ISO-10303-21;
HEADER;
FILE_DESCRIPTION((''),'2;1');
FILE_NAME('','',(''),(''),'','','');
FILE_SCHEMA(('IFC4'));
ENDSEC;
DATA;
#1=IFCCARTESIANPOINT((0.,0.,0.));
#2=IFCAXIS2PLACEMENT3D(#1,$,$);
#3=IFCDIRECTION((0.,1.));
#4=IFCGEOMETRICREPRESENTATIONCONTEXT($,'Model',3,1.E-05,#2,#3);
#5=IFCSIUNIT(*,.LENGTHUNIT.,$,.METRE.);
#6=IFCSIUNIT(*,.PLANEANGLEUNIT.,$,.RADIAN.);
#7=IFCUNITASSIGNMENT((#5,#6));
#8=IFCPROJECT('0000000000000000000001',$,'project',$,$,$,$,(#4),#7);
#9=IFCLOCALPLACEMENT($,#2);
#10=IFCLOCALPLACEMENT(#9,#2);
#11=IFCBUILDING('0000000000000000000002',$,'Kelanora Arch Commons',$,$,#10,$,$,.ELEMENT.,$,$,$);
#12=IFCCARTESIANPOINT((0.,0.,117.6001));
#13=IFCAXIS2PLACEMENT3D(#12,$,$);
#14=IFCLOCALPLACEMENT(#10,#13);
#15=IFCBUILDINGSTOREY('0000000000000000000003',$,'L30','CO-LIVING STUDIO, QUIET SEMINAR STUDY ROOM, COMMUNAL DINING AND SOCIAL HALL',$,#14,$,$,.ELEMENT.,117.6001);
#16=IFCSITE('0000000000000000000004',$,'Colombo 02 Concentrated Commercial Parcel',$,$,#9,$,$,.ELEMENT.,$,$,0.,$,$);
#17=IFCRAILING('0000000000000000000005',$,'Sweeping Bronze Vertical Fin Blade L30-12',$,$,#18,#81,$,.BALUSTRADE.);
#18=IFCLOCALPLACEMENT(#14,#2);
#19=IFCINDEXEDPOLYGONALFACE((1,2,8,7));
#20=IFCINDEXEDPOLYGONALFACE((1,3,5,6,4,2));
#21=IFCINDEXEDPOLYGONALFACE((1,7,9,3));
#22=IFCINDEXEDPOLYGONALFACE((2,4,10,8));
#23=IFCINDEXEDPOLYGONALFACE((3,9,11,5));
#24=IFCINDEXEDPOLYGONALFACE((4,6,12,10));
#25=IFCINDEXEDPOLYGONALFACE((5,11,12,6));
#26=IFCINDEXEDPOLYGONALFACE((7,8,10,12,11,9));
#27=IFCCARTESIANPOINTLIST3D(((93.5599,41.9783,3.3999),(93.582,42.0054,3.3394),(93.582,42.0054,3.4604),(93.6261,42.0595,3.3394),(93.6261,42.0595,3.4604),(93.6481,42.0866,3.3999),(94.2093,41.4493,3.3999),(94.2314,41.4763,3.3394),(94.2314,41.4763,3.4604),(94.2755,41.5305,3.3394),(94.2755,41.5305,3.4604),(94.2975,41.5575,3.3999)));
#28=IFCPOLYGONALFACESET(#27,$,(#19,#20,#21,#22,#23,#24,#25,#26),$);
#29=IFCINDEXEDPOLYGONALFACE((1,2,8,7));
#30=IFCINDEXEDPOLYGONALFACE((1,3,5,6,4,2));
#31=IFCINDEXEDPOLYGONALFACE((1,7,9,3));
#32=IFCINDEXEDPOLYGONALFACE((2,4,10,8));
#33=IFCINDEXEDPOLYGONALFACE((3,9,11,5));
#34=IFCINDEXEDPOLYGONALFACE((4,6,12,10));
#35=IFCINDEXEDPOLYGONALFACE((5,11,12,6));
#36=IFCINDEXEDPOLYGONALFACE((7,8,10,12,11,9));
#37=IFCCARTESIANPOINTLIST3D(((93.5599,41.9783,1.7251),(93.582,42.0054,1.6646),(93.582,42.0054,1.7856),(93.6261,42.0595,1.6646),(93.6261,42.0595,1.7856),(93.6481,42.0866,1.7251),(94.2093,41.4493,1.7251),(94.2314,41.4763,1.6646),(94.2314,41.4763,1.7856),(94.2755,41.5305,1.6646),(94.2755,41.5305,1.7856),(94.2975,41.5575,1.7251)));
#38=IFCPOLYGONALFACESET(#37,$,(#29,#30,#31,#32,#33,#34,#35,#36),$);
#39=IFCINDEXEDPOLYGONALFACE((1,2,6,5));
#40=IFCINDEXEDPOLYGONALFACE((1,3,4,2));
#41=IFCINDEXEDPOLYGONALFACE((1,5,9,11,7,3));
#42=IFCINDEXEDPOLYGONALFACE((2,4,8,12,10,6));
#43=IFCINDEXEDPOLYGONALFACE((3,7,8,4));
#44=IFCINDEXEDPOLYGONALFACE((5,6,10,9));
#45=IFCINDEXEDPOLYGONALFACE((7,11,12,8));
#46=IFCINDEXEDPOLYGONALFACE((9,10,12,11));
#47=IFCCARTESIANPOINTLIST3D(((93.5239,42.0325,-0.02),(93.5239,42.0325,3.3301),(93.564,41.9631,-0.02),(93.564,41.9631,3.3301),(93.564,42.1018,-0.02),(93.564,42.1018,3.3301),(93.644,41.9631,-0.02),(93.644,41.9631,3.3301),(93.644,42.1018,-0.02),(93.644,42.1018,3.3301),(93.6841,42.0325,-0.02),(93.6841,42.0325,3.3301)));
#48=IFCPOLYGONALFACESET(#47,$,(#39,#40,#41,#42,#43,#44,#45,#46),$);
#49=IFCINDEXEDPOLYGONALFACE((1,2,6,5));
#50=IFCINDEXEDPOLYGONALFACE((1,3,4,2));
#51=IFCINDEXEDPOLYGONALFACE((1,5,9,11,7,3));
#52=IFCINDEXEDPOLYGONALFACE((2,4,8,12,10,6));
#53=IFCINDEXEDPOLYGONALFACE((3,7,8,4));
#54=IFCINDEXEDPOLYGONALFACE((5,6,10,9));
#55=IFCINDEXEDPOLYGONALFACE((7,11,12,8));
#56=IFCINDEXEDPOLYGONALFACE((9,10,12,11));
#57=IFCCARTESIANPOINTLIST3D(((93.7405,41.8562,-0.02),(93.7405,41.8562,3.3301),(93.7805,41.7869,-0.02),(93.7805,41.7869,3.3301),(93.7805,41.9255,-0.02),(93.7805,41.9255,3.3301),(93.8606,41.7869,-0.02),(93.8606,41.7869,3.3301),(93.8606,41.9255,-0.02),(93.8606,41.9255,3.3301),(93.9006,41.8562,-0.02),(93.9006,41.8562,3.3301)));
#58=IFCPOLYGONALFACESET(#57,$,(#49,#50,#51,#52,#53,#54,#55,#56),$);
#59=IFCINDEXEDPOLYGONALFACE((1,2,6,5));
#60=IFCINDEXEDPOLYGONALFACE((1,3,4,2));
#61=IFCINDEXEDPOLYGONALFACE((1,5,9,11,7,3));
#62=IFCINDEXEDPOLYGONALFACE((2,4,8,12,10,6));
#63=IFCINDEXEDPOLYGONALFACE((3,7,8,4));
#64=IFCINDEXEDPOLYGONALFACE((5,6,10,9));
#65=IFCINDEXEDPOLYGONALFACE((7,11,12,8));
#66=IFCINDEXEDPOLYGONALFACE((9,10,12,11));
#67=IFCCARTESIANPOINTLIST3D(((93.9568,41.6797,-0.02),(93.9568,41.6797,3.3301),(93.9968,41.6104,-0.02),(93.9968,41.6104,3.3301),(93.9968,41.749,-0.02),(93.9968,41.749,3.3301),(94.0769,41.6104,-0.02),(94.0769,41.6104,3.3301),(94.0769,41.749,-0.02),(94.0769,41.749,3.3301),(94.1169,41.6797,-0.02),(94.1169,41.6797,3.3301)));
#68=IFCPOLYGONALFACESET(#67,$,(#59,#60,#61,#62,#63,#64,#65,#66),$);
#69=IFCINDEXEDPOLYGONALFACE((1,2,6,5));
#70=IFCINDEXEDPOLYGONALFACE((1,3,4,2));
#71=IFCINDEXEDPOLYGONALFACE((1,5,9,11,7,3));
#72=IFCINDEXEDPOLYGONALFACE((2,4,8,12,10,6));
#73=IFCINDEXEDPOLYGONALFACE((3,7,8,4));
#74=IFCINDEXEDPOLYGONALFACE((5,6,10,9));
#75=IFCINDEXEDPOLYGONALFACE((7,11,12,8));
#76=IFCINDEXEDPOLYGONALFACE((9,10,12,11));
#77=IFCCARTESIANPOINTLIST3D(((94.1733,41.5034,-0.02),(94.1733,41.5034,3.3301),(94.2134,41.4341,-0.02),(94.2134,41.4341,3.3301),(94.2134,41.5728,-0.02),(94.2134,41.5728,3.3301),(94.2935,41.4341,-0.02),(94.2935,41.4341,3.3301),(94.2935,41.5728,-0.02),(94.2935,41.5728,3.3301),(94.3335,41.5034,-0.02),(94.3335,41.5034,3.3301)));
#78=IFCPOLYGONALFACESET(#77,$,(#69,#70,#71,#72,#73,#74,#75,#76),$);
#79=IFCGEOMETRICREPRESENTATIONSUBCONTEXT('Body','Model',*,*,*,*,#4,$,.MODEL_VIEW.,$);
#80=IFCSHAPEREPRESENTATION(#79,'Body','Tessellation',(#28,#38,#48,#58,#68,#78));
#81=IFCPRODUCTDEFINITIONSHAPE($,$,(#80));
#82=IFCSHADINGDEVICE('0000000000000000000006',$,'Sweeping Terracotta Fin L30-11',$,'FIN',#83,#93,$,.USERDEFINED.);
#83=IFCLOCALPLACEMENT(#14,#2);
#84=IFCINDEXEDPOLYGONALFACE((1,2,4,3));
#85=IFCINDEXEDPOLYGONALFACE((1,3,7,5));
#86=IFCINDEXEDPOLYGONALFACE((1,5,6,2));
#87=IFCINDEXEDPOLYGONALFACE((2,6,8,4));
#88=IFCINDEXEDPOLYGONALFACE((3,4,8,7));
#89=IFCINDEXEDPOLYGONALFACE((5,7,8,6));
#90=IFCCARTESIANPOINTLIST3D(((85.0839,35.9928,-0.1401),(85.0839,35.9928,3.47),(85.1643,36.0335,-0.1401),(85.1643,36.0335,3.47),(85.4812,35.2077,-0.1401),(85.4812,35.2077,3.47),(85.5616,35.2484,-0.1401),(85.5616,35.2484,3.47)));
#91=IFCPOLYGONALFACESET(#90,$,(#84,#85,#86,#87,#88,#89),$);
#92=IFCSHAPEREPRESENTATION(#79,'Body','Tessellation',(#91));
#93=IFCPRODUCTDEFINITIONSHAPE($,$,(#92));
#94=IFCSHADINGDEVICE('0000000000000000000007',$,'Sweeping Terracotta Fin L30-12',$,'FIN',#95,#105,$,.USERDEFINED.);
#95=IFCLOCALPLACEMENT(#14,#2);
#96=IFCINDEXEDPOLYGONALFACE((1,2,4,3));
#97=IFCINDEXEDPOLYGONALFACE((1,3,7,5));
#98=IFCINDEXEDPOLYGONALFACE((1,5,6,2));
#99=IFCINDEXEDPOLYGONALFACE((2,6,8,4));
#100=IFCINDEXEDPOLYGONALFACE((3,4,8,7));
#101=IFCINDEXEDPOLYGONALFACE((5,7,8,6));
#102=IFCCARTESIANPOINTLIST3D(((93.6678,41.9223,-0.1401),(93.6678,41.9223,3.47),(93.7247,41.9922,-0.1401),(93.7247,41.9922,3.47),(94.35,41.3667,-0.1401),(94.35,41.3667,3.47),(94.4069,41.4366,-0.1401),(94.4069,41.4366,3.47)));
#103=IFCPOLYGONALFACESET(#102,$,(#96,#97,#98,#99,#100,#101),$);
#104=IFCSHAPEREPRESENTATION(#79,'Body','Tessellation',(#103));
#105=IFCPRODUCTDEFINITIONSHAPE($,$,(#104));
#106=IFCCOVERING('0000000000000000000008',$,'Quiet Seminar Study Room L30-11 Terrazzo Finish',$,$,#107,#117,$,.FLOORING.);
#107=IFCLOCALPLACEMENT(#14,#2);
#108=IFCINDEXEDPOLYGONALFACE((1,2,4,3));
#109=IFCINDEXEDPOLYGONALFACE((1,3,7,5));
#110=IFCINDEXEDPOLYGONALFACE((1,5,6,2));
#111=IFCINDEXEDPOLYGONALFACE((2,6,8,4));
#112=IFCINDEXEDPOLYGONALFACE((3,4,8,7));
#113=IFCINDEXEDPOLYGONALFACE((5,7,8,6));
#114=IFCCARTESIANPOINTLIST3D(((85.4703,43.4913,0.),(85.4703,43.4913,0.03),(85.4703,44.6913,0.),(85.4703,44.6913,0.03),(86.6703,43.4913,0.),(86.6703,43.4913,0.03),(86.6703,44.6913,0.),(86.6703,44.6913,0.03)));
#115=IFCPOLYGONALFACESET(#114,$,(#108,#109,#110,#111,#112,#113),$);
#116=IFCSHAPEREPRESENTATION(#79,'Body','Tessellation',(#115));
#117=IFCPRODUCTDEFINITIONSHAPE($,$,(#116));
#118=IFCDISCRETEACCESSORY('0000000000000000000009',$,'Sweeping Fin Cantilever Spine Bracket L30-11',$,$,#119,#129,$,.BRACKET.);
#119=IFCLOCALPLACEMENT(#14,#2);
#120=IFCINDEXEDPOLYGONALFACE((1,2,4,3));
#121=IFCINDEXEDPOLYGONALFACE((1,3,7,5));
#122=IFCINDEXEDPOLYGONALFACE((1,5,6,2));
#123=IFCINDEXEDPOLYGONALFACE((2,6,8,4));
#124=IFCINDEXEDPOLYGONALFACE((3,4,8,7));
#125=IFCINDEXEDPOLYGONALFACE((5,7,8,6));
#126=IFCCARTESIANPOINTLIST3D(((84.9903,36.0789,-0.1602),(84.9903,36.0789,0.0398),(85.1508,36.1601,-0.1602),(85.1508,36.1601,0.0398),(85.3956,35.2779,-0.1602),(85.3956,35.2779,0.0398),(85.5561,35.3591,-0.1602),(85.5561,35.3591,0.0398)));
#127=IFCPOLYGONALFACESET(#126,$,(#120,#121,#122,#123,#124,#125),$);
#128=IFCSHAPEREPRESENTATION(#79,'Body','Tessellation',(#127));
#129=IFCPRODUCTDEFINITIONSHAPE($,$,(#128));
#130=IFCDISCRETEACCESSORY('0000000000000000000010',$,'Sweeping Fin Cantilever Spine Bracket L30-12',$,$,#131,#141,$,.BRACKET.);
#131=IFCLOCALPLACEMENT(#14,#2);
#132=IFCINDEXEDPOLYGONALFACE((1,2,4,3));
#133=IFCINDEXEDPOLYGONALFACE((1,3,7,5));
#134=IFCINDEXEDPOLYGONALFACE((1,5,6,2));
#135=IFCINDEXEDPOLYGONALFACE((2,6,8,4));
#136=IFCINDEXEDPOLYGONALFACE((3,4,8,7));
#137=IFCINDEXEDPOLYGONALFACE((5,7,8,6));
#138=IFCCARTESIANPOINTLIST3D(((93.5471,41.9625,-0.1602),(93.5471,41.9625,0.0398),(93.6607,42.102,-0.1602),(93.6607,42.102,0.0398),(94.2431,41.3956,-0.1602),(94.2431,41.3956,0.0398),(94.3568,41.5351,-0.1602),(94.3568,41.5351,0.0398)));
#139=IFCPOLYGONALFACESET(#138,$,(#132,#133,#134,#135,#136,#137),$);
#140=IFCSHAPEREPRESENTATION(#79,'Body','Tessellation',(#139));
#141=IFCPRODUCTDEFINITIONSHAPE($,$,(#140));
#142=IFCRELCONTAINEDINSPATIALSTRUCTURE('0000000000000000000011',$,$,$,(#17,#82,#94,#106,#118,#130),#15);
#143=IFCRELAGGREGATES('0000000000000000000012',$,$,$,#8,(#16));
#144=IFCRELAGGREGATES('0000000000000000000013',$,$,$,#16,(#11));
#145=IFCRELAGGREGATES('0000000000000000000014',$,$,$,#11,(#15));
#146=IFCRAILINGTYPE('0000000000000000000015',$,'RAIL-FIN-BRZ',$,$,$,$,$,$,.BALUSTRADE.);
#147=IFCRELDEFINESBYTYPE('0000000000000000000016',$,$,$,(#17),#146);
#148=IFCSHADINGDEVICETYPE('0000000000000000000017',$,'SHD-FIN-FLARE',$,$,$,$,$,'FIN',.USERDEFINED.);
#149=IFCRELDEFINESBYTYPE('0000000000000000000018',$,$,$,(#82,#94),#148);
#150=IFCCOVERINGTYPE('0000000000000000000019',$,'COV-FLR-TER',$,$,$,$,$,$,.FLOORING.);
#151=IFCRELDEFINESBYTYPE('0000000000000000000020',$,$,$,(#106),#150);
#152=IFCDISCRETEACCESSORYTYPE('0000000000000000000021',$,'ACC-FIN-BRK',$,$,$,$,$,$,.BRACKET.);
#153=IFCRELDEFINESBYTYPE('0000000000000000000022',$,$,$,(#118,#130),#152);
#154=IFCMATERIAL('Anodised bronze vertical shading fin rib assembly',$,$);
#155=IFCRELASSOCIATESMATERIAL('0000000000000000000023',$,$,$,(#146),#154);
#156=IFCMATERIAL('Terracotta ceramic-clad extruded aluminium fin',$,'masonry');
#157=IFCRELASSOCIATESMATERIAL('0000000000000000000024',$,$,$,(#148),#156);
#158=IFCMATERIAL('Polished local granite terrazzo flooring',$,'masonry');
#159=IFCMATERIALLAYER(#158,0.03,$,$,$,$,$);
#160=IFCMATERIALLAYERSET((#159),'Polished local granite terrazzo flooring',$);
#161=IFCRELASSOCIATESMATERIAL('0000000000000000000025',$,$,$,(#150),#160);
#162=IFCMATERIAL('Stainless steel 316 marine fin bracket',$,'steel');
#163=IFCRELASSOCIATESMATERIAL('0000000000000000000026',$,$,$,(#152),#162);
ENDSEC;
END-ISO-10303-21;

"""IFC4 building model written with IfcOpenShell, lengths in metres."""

from ifc_helpers import new_model, si_unit, direction, frame, origin, origin_2d, place, context, subcontext, project, spatial, polyline, rectangle, outline, extrude, source, transform, mapped, material, layer, layer_set, type_object, element, save


model = new_model("IFC4")

# Units and contexts
model_context = context("Model", 3, precision=1e-05, world=origin(), true_north=direction((0.0, 1.0)))
body_context = subcontext(model_context, "Body", "Model", "MODEL_VIEW")
ifc_project = project(units=[si_unit("LENGTHUNIT", "METRE"), si_unit("PLANEANGLEUNIT", "RADIAN")], contexts=[model_context])

# Site, building, storey
site_placement = place(None, origin())
site = spatial("IfcSite", under=ifc_project, at=site_placement, Name="Colombo 02 Concentrated Commercial Parcel", CompositionType="ELEMENT", RefElevation=0.0)
building_placement = place(site_placement, origin())
building = spatial("IfcBuilding", under=site, at=building_placement, Name="Kelanora Arch Commons", CompositionType="ELEMENT")
storey_placement = place(building_placement, frame((0.0, 0.0, 117.6001)))
storey = spatial("IfcBuildingStorey", under=building, at=storey_placement, Name="L30", Description="CO-LIVING STUDIO, QUIET SEMINAR STUDY ROOM, COMMUNAL DINING AND SOCIAL HALL", CompositionType="ELEMENT", Elevation=117.6001)

# Railing
ifc_material_1 = material(Name="Anodised bronze vertical shading fin rib assembly")
railing_type = type_object("IfcRailingType", Name="RAIL-FIN-BRZ", PredefinedType="BALUSTRADE", material=ifc_material_1)
railing_placement = place(storey_placement, frame((93.604, 42.0325, -0.02)))
element("IfcRailing", 1, at=railing_placement, inside=storey, type_object=railing_type, Name="Sweeping Bronze Vertical Fin Blade L30-12", PredefinedType="BALUSTRADE", context=body_context, shape_type="SweptSolid", body=[
    extrude(outline(polyline([(0.0698, 0.0), (0.0349, 0.0605), (-0.0349, 0.0605), (-0.0698, 0.0), (-0.0349, -0.0605), (0.0349, -0.0605), (0.0698, 0.0)])), frame((0.0, 0.0, 3.4199), z_axis=(0.775293, -0.631602, 0.0), x_axis=(0.631602, 0.775293, 0.0)), (0.0, 0.0, 1.0), 0.8376),
    extrude(outline(polyline([(0.0698, 0.0), (0.0349, 0.0605), (-0.0349, 0.0605), (-0.0698, 0.0), (-0.0349, -0.0605), (0.0349, -0.0605), (0.0698, 0.0)])), frame((0.0, 0.0, 1.7451), z_axis=(0.775293, -0.631602, 0.0), x_axis=(0.631602, 0.775293, 0.0)), (0.0, 0.0, 1.0), 0.8376),
    extrude(outline(polyline([(0.0801, 0.0), (0.04, 0.0693), (-0.04, 0.0693), (-0.0801, 0.0), (-0.04, -0.0693), (0.04, -0.0693), (0.0801, 0.0)])), origin(), (0.0, 0.0, 1.0), 3.3501),
    extrude(outline(polyline([(0.0801, 0.0), (0.04, 0.0693), (-0.04, 0.0693), (-0.0801, 0.0), (-0.04, -0.0693), (0.04, -0.0693), (0.0801, 0.0)])), frame((0.2166, -0.1763, 0.0)), (0.0, 0.0, 1.0), 3.3501),
    extrude(outline(polyline([(0.0801, 0.0), (0.04, 0.0693), (-0.04, 0.0693), (-0.0801, 0.0), (-0.04, -0.0693), (0.04, -0.0693), (0.0801, 0.0)])), frame((0.4329, -0.3528, 0.0)), (0.0, 0.0, 1.0), 3.3501),
    extrude(outline(polyline([(0.0801, 0.0), (0.04, 0.0693), (-0.04, 0.0693), (-0.0801, 0.0), (-0.04, -0.0693), (0.04, -0.0693), (0.0801, 0.0)])), frame((0.6494, -0.5291, 0.0)), (0.0, 0.0, 1.0), 3.3501),
])

# Shading devices
ifc_material_2 = material(Name="Terracotta ceramic-clad extruded aluminium fin", Category="masonry")
shading_device_type = type_object("IfcShadingDeviceType", Name="SHD-FIN-FLARE", ElementType="FIN", PredefinedType="USERDEFINED", material=ifc_material_2)
shared_shape_1 = source(origin(), body_context, "Body", "SweptSolid", [
    extrude(rectangle(XDim=0.8799, YDim=0.0901, at=origin_2d()), origin(), (0.0, 0.0, 1.0), 3.6101),
])
for number, where, z_axis, x_axis, name in (
    (2, (85.3228, 35.6206, -0.1401), (0.0, 0.0, 1.0), (0.451501, -0.892271, 0.0), "Sweeping Terracotta Fin L30-11"),
    (3, (94.0374, 41.6794, -0.1401), (0.0, 0.0, 1.0), (0.775386, -0.631488, 0.0), "Sweeping Terracotta Fin L30-12"),
):
    element("IfcShadingDevice", number, at=place(storey_placement, frame(where, z_axis=z_axis, x_axis=x_axis)), inside=storey, type_object=shading_device_type, Name=name, ObjectType="FIN", PredefinedType="USERDEFINED", context=body_context, shape_type="MappedRepresentation", body=[
        mapped(shared_shape_1, transform((0.0, 0.0, 0.0), scale=1.0)),
    ])

# Covering
ifc_material_3 = material(Name="Polished local granite terrazzo flooring", Category="masonry")
ifc_layer_1 = layer(ifc_material_3, 0.03)
ifc_layer_set_1 = layer_set([ifc_layer_1], Name="Polished local granite terrazzo flooring")
covering_type = type_object("IfcCoveringType", Name="COV-FLR-TER", PredefinedType="FLOORING", material=ifc_layer_set_1)
shared_shape_2 = source(origin(), body_context, "Body", "SweptSolid", [
    extrude(rectangle(XDim=1.2, YDim=1.2, at=origin_2d()), origin(), (0.0, 0.0, 1.0), 0.03),
])
covering_placement = place(storey_placement, frame((86.0703, 44.0913, 0.0), z_axis=(0.0, 0.0, 1.0), x_axis=(1.0, 0.0, 0.0)))
element("IfcCovering", 4, at=covering_placement, inside=storey, type_object=covering_type, Name="Quiet Seminar Study Room L30-11 Terrazzo Finish", PredefinedType="FLOORING", context=body_context, shape_type="MappedRepresentation", body=[
    mapped(shared_shape_2, transform((0.0, 0.0, 0.0), scale=1.0)),
])

# Discrete accessories
ifc_material_4 = material(Name="Stainless steel 316 marine fin bracket", Category="steel")
discrete_accessory_type = type_object("IfcDiscreteAccessoryType", Name="ACC-FIN-BRK", PredefinedType="BRACKET", material=ifc_material_4)
shared_shape_3 = source(origin(), body_context, "Body", "SweptSolid", [
    extrude(rectangle(XDim=0.8977, YDim=0.1799, at=origin_2d()), origin(), (0.0, 0.0, 1.0), 0.2),
])
for number, where, z_axis, x_axis, name in (
    (5, (85.2732, 35.719, -0.1602), (0.0, 0.0, 1.0), (0.451501, -0.892271, 0.0), "Sweeping Fin Cantilever Spine Bracket L30-11"),
    (6, (93.9519, 41.7488, -0.1602), (0.0, 0.0, 1.0), (0.775386, -0.631488, 0.0), "Sweeping Fin Cantilever Spine Bracket L30-12"),
):
    element("IfcDiscreteAccessory", number, at=place(storey_placement, frame(where, z_axis=z_axis, x_axis=x_axis)), inside=storey, type_object=discrete_accessory_type, Name=name, PredefinedType="BRACKET", context=body_context, shape_type="MappedRepresentation", body=[
        mapped(shared_shape_3, transform((0.0, 0.0, 0.0), scale=1.0)),
    ])

save(model, "model.ifc")
